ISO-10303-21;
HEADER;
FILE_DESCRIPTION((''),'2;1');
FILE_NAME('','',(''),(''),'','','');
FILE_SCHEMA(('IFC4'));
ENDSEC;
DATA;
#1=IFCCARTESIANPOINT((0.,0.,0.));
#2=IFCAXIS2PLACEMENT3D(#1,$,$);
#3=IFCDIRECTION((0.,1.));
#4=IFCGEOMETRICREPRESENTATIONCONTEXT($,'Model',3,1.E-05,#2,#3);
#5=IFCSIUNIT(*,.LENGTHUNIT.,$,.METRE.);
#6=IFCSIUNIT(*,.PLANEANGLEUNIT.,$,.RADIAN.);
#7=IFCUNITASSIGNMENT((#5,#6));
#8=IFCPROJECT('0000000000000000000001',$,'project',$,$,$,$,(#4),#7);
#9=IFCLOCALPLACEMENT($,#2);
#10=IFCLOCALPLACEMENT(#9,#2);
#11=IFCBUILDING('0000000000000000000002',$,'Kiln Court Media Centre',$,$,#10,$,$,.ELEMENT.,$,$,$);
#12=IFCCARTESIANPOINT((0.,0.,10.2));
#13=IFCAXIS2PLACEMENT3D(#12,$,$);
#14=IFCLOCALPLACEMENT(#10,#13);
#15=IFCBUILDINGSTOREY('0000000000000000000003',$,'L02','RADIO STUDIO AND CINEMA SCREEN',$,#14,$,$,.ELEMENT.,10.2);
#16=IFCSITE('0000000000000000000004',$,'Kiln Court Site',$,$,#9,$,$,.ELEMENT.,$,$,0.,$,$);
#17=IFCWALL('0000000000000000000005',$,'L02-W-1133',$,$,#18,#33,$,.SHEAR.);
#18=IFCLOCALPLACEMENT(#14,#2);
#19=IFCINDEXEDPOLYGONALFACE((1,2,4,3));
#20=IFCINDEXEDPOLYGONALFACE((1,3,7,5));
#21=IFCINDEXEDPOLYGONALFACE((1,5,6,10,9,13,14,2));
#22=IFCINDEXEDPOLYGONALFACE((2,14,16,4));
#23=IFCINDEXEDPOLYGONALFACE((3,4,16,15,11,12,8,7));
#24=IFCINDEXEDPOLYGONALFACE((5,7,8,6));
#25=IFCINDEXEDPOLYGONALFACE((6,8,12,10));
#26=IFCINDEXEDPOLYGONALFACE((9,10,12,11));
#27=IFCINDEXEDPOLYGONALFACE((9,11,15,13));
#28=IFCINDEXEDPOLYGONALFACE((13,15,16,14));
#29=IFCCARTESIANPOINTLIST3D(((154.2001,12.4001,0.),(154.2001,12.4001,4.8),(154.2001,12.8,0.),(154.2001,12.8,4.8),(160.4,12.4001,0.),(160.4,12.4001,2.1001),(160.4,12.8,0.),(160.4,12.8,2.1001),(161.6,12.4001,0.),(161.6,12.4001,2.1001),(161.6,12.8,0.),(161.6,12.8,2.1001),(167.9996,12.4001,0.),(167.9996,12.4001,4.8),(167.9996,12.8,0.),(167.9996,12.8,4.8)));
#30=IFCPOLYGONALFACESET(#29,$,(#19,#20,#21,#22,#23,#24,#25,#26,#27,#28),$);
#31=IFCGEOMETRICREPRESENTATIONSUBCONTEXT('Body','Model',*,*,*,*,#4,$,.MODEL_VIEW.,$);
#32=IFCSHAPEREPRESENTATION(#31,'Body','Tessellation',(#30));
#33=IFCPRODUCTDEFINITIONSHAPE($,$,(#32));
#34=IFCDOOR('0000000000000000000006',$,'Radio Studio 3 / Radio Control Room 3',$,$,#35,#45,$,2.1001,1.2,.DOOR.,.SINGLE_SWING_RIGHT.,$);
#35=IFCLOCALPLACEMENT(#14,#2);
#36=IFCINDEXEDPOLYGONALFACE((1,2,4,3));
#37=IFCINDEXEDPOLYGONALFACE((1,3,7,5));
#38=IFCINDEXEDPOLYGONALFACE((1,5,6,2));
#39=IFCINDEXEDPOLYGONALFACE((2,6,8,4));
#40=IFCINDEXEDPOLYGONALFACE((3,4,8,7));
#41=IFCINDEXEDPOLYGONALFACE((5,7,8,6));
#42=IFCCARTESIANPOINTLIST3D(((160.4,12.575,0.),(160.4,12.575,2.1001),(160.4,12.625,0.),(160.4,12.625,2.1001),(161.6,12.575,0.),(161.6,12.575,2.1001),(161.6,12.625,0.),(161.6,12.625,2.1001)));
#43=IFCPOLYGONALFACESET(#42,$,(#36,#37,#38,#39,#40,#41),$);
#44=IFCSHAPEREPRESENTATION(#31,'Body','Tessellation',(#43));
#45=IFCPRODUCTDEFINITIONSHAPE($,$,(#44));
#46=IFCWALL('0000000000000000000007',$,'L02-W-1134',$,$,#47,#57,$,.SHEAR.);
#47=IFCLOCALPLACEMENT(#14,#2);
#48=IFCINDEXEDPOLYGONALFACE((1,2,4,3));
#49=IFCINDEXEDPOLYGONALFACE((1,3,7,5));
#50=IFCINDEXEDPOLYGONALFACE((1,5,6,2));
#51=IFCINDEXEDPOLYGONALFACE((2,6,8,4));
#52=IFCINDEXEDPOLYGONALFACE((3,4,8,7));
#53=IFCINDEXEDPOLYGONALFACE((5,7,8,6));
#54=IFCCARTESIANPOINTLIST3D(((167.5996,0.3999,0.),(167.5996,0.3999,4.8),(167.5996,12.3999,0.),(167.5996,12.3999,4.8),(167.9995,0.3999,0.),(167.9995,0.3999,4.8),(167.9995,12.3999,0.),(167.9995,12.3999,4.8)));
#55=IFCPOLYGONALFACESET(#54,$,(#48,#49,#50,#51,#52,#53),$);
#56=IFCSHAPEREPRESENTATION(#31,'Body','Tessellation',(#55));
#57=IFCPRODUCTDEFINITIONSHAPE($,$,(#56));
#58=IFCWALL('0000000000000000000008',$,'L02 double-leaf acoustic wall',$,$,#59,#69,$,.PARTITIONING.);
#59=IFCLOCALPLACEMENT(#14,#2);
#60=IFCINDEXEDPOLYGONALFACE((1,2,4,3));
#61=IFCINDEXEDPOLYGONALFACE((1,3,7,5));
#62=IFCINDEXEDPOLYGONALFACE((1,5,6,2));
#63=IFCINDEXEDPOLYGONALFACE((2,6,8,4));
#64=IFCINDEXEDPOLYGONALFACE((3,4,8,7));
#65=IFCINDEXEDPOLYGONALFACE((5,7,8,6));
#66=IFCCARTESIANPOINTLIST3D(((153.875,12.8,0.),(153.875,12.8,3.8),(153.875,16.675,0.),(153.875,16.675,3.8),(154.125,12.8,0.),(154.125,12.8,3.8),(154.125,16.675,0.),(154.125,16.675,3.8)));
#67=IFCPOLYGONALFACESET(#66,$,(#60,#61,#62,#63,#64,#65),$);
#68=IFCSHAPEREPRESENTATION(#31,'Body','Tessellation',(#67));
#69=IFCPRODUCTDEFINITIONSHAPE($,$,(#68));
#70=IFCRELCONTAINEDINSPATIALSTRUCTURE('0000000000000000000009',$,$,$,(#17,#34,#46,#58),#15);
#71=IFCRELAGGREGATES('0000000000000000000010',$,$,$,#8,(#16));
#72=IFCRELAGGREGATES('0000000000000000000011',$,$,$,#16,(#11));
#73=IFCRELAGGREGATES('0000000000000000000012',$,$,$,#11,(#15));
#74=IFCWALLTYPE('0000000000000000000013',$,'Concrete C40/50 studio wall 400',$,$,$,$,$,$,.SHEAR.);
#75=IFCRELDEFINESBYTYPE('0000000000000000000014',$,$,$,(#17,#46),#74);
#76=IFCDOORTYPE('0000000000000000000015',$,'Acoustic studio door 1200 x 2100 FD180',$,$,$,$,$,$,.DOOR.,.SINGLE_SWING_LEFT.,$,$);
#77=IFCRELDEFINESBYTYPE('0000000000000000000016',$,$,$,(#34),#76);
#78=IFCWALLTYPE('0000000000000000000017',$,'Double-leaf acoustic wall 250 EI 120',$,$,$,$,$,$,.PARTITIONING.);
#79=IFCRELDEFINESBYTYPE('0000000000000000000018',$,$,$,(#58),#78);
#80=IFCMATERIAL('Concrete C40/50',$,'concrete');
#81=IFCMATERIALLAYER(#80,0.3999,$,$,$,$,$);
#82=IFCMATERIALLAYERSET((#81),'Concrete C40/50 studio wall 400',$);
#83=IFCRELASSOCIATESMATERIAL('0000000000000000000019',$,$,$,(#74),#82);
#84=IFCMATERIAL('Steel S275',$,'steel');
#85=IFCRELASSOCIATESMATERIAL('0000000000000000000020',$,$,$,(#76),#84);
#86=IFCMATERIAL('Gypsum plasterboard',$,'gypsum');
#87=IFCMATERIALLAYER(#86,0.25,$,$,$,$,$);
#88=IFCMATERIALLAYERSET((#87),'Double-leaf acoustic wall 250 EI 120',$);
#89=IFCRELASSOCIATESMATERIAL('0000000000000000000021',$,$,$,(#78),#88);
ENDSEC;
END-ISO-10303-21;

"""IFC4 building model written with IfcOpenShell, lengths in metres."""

from ifc_helpers import new_model, si_unit, direction, frame, frame_2d, origin, place, context, subcontext, project, spatial, rectangle, extrude, material, layer, layer_set, type_object, element, fill, save


model = new_model("IFC4")

# Units and contexts
model_context = context("Model", 3, precision=1e-05, world=origin(), true_north=direction((0.0, 1.0)))
body_context = subcontext(model_context, "Body", "Model", "MODEL_VIEW")
ifc_project = project(units=[si_unit("LENGTHUNIT", "METRE"), si_unit("PLANEANGLEUNIT", "RADIAN")], contexts=[model_context])

# Site, building, storey
site_placement = place(None, origin())
site = spatial("IfcSite", under=ifc_project, at=site_placement, Name="Kiln Court Site", CompositionType="ELEMENT", RefElevation=0.0)
building_placement = place(site_placement, origin())
building = spatial("IfcBuilding", under=site, at=building_placement, Name="Kiln Court Media Centre", CompositionType="ELEMENT")
storey_placement = place(building_placement, frame((0.0, 0.0, 10.2)))
storey = spatial("IfcBuildingStorey", under=building, at=storey_placement, Name="L02", Description="RADIO STUDIO AND CINEMA SCREEN", CompositionType="ELEMENT", Elevation=10.2)

# Shared definitions
ifc_material_1 = material(Name="Concrete C40/50", Category="concrete")
ifc_layer_1 = layer(ifc_material_1, 0.3999)
ifc_layer_set_1 = layer_set([ifc_layer_1], Name="Concrete C40/50 studio wall 400")
wall_type_1 = type_object("IfcWallType", Name="Concrete C40/50 studio wall 400", PredefinedType="SHEAR", material=ifc_layer_set_1)

# Wall, opening, door
wall_1_placement = place(storey_placement, frame((154.2, 12.6001, 0.0), z_axis=(0.0, 0.0, 1.0), x_axis=(1.0, 0.0, 0.0)))
wall_1 = element("IfcWall", 1, at=wall_1_placement, inside=storey, type_object=wall_type_1, Name="L02-W-1133", PredefinedType="SHEAR", context=body_context, shape_type="SweptSolid", body=[
    extrude(rectangle(XDim=13.7996, YDim=0.3999, at=frame_2d((6.8999, 0.0))), origin(), (0.0, 0.0, 1.0), 4.8),
])
opening_placement = place(wall_1_placement, frame((6.2, 0.0, 0.0)))
opening = element("IfcOpeningElement", 2, at=opening_placement, cuts=wall_1, PredefinedType="OPENING", context=body_context, shape_type="SweptSolid", body=[
    extrude(rectangle(XDim=1.2, YDim=2.1001, at=frame_2d((0.6001, 1.05))), frame((0.0, 0.21, 0.0), z_axis=(0.0, -1.0, 0.0), x_axis=(1.0, 0.0, 0.0)), (0.0, 0.0, 1.0), 0.4199),
])
ifc_material_2 = material(Name="Steel S275", Category="steel")
door_type = type_object("IfcDoorType", Name="Acoustic studio door 1200 x 2100 FD180", OperationType="SINGLE_SWING_LEFT", PredefinedType="DOOR", material=ifc_material_2)
door_placement = place(opening_placement, origin())
door = element("IfcDoor", 3, at=door_placement, inside=storey, type_object=door_type, Name="Radio Studio 3 / Radio Control Room 3", OperationType="SINGLE_SWING_RIGHT", OverallHeight=2.1001, OverallWidth=1.2, PredefinedType="DOOR", context=body_context, shape_type="SweptSolid", body=[
    extrude(rectangle(XDim=1.2, YDim=2.1001, at=frame_2d((0.6001, 1.05))), frame((0.0, 0.0249, 0.0), z_axis=(0.0, -1.0, 0.0), x_axis=(1.0, 0.0, 0.0)), (0.0, 0.0, 1.0), 0.05),
])
fill(opening, door)

# Walls
wall_2_placement = place(storey_placement, frame((167.7996, 12.3999, 0.0), z_axis=(0.0, 0.0, 1.0), x_axis=(0.0, -1.0, 0.0)))
element("IfcWall", 4, at=wall_2_placement, inside=storey, type_object=wall_type_1, Name="L02-W-1134", PredefinedType="SHEAR", context=body_context, shape_type="SweptSolid", body=[
    extrude(rectangle(XDim=12.0, YDim=0.3999, at=frame_2d((6.0, 0.0))), origin(), (0.0, 0.0, 1.0), 4.8),
])
ifc_material_3 = material(Name="Gypsum plasterboard", Category="gypsum")
ifc_layer_2 = layer(ifc_material_3, 0.25)
ifc_layer_set_2 = layer_set([ifc_layer_2], Name="Double-leaf acoustic wall 250 EI 120")
wall_type_2 = type_object("IfcWallType", Name="Double-leaf acoustic wall 250 EI 120", PredefinedType="PARTITIONING", material=ifc_layer_set_2)
wall_3_placement = place(storey_placement, frame((154.0, 12.8, 0.0), z_axis=(0.0, 0.0, 1.0), x_axis=(0.0, 1.0, 0.0)))
element("IfcWall", 5, at=wall_3_placement, inside=storey, type_object=wall_type_2, Name="L02 double-leaf acoustic wall", PredefinedType="PARTITIONING", context=body_context, shape_type="SweptSolid", body=[
    extrude(rectangle(XDim=3.875, YDim=0.25, at=frame_2d((1.9375, 0.0))), origin(), (0.0, 0.0, 1.0), 3.8),
])

save(model, "model.ifc")
